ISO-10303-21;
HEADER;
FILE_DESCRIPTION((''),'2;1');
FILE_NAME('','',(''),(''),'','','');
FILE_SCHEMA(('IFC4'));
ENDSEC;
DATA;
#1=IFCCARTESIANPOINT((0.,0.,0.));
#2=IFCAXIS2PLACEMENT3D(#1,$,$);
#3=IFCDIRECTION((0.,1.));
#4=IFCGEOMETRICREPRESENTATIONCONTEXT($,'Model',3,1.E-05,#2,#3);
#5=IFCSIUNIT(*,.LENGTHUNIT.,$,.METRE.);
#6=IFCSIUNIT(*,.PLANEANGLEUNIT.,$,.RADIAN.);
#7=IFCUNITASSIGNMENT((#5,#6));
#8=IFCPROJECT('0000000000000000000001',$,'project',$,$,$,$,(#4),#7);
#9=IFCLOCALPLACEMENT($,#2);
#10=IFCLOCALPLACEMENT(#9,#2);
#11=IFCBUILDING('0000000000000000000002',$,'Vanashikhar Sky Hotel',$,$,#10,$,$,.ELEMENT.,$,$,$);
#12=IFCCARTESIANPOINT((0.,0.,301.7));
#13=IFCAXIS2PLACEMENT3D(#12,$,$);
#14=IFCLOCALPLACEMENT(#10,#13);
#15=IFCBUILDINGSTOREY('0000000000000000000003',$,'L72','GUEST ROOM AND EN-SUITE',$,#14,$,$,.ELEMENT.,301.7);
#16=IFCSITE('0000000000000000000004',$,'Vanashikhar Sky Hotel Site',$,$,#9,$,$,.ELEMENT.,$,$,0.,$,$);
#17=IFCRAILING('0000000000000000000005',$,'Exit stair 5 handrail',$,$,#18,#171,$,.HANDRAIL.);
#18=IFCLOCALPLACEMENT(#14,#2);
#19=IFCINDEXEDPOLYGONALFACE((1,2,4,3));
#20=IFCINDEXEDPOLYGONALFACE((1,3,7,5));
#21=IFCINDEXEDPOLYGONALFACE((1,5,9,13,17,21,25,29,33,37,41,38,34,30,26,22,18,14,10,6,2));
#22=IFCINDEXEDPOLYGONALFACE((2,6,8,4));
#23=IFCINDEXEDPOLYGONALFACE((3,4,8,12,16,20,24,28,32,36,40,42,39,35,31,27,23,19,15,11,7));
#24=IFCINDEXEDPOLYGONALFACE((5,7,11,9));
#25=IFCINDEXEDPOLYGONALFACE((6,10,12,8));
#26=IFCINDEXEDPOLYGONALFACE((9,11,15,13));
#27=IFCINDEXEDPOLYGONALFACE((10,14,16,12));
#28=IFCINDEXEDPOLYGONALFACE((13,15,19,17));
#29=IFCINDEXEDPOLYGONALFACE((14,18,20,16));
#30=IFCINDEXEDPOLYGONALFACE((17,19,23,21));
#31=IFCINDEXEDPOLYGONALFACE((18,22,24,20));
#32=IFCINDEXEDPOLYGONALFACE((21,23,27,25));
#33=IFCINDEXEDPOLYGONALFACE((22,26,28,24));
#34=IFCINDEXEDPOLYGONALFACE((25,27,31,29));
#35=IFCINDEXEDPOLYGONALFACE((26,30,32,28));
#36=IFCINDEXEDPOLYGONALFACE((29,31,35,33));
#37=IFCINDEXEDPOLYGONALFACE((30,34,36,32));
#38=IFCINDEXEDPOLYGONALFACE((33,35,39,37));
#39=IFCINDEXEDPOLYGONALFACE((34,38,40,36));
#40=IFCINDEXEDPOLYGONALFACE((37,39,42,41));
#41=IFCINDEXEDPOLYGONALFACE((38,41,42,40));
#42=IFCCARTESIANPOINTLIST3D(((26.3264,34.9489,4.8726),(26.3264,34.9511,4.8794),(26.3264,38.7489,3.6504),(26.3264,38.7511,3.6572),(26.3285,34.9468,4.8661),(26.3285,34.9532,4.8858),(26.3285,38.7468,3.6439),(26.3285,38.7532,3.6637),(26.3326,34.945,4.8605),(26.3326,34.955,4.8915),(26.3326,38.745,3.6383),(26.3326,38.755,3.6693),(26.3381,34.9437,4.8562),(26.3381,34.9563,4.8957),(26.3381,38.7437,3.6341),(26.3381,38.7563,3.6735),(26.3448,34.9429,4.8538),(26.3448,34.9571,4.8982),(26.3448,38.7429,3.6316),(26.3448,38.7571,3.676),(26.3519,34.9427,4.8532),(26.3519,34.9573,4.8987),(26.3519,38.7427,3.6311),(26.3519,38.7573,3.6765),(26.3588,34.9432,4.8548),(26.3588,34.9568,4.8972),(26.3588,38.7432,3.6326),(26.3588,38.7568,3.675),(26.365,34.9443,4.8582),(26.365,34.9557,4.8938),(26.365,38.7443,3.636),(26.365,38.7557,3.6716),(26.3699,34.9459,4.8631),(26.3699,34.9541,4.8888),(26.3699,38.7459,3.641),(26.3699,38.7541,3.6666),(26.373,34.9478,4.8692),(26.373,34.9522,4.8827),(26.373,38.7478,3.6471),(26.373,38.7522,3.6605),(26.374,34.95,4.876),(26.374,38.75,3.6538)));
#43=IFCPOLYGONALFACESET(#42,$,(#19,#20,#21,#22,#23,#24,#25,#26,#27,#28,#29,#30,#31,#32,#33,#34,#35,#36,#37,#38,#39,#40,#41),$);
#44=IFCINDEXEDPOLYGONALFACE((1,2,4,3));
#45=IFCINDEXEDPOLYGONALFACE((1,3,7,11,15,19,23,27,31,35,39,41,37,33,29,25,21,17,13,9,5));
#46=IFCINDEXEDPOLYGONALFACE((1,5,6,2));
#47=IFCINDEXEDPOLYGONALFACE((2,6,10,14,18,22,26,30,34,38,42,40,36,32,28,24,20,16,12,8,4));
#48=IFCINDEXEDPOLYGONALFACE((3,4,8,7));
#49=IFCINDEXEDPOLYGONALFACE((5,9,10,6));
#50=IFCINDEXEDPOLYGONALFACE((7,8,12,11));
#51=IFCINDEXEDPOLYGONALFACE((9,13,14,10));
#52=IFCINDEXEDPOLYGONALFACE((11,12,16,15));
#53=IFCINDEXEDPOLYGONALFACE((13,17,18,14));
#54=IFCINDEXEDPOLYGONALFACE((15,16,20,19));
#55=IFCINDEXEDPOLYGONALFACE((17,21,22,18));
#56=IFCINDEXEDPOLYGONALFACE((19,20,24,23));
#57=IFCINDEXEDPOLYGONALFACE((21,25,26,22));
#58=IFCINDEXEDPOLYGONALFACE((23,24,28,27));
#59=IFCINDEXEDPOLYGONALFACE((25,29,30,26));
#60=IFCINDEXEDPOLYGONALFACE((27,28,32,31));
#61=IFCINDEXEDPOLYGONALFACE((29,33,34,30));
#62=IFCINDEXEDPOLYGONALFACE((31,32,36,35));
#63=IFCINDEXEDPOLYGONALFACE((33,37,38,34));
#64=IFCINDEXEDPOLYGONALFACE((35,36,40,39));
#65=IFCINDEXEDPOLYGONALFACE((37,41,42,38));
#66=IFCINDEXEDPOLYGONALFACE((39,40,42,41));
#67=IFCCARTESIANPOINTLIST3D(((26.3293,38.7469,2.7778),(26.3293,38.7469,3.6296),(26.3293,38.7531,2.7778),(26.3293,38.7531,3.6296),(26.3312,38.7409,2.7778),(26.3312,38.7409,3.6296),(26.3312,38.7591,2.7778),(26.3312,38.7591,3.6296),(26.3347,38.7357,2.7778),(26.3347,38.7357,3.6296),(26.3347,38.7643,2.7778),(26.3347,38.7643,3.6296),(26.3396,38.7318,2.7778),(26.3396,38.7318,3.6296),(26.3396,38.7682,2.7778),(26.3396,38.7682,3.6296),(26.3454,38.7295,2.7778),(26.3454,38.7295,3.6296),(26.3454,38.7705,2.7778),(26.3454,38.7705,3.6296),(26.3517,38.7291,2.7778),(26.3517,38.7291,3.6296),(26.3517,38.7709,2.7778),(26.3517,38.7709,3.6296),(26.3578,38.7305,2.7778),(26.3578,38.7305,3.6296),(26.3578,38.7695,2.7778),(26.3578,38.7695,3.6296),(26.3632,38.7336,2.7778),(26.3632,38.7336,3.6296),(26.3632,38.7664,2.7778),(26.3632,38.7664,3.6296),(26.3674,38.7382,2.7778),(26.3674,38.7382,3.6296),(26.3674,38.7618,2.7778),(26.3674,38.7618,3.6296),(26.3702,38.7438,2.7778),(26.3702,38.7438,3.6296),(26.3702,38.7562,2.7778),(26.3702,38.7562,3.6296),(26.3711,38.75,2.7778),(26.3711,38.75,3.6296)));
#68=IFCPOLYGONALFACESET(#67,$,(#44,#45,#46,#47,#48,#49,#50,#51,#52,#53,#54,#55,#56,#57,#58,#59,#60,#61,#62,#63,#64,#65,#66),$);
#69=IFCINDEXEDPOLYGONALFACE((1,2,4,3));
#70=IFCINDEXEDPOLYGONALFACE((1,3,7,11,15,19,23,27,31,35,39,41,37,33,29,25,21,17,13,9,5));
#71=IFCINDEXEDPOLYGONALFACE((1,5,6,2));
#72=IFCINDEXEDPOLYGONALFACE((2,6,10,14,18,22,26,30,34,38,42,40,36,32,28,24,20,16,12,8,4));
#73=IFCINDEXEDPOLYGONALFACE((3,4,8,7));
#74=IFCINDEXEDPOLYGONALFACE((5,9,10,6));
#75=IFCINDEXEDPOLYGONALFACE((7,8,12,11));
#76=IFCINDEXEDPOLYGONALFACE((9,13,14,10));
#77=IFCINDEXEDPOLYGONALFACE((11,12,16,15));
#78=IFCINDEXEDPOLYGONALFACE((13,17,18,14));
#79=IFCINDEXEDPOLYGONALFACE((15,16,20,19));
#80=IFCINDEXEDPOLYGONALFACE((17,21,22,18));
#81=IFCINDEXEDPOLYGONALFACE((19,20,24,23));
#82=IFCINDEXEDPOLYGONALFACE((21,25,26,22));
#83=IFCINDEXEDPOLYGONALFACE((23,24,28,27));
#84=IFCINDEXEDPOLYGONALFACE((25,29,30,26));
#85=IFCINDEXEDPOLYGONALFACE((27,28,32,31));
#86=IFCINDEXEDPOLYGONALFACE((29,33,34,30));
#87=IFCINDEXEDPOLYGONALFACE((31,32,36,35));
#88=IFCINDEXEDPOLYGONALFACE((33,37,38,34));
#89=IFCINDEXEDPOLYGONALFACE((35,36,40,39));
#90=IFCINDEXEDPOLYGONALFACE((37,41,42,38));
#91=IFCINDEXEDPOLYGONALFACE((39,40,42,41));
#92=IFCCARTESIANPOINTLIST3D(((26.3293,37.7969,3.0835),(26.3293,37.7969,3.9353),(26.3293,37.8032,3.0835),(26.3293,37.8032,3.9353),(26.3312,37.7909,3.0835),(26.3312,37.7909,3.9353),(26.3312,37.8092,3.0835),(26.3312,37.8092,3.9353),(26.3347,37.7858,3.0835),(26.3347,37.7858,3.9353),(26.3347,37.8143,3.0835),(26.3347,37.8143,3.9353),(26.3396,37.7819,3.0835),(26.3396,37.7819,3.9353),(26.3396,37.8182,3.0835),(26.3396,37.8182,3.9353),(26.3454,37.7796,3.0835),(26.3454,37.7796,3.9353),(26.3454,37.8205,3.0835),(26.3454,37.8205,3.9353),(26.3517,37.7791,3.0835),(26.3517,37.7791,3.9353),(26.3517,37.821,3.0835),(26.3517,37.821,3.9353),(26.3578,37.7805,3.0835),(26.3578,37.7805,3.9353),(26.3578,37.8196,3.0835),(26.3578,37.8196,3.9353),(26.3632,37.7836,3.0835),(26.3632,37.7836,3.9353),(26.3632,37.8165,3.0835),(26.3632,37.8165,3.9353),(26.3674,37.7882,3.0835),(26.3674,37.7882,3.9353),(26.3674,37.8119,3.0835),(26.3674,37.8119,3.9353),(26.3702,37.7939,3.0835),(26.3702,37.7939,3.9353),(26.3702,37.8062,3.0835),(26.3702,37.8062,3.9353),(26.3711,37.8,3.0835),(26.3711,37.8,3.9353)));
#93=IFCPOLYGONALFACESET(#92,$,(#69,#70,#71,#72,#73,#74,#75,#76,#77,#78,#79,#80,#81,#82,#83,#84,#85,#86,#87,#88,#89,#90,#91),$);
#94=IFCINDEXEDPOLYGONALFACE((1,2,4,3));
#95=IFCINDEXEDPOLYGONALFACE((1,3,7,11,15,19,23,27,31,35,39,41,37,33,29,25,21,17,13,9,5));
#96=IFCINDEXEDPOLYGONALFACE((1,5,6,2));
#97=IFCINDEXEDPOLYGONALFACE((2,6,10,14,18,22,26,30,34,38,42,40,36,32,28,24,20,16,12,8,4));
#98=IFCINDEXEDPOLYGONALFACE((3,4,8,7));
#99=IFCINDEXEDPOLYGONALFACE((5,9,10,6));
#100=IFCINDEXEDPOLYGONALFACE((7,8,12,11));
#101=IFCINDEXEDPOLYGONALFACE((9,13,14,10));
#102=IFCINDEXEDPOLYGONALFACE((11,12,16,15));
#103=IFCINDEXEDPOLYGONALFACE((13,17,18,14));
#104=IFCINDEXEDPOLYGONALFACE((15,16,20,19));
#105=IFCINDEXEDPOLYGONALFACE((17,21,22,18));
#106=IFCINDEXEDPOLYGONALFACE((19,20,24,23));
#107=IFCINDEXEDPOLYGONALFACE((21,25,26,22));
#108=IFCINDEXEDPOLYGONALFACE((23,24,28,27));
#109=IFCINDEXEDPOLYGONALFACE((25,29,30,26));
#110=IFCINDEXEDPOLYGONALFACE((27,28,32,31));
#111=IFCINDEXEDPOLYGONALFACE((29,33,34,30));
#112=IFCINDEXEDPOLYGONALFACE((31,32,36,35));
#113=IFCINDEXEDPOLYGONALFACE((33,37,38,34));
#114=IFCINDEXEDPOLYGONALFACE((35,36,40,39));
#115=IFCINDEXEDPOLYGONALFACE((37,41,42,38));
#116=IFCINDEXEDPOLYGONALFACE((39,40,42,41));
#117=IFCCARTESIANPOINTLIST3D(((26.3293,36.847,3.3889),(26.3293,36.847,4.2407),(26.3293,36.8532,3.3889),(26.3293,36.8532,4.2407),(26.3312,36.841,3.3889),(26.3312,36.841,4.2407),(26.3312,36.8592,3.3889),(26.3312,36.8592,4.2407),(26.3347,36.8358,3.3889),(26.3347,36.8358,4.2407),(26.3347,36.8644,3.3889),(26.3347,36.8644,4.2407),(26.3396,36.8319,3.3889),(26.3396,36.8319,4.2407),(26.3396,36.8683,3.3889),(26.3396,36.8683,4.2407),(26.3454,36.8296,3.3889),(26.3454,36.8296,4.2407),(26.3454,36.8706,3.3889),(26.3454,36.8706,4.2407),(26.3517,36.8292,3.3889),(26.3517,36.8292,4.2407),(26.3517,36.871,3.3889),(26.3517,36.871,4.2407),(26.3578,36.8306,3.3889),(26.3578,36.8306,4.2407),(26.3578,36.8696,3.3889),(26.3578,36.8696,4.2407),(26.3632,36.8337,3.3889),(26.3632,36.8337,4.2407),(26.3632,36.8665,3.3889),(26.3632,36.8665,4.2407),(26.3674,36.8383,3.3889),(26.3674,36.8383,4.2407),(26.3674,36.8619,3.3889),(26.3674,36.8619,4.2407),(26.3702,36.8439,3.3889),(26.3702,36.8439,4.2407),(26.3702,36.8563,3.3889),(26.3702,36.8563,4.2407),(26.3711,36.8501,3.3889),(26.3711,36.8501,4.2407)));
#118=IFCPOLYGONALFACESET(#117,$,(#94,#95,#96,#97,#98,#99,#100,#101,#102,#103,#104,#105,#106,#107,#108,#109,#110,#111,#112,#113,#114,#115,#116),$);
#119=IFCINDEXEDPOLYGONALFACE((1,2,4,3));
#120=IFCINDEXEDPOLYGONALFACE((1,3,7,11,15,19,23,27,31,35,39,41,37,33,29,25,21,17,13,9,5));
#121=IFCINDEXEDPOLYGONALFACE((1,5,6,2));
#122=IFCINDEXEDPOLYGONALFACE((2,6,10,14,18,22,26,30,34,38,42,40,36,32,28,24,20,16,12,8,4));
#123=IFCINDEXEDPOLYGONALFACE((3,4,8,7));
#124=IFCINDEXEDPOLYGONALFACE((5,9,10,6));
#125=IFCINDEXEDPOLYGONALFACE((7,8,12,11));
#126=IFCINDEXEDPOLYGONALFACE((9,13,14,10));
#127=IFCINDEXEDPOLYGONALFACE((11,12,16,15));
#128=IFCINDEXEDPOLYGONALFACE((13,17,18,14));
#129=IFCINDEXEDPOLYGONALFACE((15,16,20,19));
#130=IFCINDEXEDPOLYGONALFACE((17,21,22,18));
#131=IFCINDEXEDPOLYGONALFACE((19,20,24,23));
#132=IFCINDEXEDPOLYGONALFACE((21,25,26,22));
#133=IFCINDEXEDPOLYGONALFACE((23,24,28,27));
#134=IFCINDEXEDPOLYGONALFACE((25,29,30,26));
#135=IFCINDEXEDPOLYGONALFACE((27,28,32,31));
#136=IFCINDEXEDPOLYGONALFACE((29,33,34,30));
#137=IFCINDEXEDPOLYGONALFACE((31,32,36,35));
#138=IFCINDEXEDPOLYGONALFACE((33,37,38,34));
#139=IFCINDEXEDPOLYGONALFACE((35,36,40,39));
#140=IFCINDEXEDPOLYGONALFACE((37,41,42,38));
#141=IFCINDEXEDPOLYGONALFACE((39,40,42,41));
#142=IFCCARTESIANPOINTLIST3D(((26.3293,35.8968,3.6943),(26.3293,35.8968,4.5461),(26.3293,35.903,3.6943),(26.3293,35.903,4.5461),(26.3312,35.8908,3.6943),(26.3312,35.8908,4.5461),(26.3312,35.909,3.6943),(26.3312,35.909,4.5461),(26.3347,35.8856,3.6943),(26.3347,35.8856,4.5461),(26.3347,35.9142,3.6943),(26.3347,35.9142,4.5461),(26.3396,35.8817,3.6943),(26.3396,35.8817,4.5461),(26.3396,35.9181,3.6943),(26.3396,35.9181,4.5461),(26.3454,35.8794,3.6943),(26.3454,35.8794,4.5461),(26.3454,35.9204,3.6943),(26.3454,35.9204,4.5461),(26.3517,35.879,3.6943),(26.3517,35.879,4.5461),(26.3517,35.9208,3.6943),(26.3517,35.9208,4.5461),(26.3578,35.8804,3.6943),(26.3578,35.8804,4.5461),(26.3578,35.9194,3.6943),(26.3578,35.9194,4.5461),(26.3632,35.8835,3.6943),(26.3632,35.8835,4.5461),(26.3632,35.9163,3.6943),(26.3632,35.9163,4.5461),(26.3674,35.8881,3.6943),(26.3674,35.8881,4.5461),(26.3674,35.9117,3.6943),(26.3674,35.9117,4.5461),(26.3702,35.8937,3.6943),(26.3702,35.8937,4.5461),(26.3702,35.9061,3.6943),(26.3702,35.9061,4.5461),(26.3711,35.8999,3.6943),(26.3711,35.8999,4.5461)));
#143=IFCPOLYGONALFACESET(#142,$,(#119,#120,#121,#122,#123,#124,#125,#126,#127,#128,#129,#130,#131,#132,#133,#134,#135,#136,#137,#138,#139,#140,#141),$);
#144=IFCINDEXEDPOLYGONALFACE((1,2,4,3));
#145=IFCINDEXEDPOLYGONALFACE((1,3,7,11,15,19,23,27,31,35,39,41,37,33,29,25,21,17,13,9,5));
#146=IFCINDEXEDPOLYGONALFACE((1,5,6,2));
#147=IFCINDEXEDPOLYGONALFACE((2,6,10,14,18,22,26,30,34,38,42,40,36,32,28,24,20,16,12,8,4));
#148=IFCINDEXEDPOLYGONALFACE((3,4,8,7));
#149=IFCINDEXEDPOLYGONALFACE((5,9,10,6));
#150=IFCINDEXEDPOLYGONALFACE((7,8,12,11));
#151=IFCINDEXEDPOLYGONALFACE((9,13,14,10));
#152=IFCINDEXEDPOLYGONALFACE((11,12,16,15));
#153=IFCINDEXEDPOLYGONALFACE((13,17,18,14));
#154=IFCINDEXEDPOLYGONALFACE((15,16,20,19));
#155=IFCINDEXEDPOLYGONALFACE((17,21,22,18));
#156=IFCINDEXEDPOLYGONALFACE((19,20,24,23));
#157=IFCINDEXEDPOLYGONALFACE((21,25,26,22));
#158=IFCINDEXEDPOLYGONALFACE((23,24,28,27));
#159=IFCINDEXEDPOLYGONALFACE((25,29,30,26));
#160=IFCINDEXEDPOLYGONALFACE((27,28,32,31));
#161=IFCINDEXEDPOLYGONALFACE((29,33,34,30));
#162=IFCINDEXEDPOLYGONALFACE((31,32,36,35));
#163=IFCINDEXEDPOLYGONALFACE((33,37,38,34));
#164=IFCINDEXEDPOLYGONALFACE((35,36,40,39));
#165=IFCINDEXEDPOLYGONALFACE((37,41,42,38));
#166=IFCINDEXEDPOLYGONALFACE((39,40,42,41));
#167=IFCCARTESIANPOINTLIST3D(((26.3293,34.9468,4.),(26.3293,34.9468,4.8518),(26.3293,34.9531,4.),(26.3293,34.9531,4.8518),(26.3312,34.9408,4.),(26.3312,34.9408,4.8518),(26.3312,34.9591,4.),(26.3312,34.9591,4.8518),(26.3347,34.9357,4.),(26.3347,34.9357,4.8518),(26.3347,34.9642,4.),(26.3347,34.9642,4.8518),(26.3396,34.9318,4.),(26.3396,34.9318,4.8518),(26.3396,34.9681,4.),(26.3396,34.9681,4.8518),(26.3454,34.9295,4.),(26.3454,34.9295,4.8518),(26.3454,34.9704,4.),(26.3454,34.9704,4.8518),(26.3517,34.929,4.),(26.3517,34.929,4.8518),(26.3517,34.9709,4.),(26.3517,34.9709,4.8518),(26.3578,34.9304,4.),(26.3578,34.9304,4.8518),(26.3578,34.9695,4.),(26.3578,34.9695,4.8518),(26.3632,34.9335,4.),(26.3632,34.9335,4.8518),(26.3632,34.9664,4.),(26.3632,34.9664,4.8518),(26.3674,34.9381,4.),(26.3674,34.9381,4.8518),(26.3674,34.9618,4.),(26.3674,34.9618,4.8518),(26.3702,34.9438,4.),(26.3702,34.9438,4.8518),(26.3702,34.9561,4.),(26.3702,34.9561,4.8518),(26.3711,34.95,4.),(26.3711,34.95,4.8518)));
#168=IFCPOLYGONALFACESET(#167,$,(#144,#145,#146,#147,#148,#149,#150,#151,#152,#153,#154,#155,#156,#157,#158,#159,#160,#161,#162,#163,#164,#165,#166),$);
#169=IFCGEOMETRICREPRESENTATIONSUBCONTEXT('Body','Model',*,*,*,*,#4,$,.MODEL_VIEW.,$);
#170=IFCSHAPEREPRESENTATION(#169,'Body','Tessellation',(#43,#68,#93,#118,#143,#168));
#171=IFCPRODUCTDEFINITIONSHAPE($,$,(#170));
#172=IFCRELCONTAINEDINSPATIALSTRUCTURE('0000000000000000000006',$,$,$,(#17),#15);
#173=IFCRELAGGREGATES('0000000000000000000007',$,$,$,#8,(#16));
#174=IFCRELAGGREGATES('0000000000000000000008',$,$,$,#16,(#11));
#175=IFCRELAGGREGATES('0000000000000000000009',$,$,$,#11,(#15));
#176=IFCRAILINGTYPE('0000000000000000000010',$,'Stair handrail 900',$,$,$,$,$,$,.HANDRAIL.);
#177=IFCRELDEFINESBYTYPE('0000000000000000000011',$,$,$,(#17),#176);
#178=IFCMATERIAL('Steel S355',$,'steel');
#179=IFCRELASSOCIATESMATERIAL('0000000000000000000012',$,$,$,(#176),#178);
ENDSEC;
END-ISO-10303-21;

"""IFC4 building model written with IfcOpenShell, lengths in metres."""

from ifc_helpers import new_model, si_unit, direction, frame, origin, origin_2d, place, context, subcontext, project, spatial, circle, extrude, source, transform, mapped, material, type_object, element, save


model = new_model("IFC4")

# Units and contexts
model_context = context("Model", 3, precision=1e-05, world=origin(), true_north=direction((0.0, 1.0)))
body_context = subcontext(model_context, "Body", "Model", "MODEL_VIEW")
ifc_project = project(units=[si_unit("LENGTHUNIT", "METRE"), si_unit("PLANEANGLEUNIT", "RADIAN")], contexts=[model_context])

# Site, building, storey
site_placement = place(None, origin())
site = spatial("IfcSite", under=ifc_project, at=site_placement, Name="Vanashikhar Sky Hotel Site", CompositionType="ELEMENT", RefElevation=0.0)
building_placement = place(site_placement, origin())
building = spatial("IfcBuilding", under=site, at=building_placement, Name="Vanashikhar Sky Hotel", CompositionType="ELEMENT")
storey_placement = place(building_placement, frame((0.0, 0.0, 301.7)))
storey = spatial("IfcBuildingStorey", under=building, at=storey_placement, Name="L72", Description="GUEST ROOM AND EN-SUITE", CompositionType="ELEMENT", Elevation=301.7)

# Railing
ifc_material_1 = material(Name="Steel S355", Category="steel")
railing_type_1 = type_object("IfcRailingType", Name="Stair handrail 900", PredefinedType="HANDRAIL", material=ifc_material_1)
shared_shape_1 = source(origin(), body_context, "Body", "SweptSolid", [
    extrude(circle(Radius=0.0239, at=origin_2d()), frame((0.0, 0.0, 0.876), z_axis=(0.0, -0.951976, 0.306173), x_axis=(1.0, 0.0, 0.0)), (0.0, 0.0, 1.0), 3.9917),
    extrude(circle(Radius=0.021, at=origin_2d()), origin(), (0.0, 0.0, 1.0), 0.8518),
    extrude(circle(Radius=0.021, at=origin_2d()), frame((0.0, -0.95, 0.3057)), (0.0, 0.0, 1.0), 0.8518),
    extrude(circle(Radius=0.021, at=origin_2d()), frame((0.0, -1.8999, 0.6111)), (0.0, 0.0, 1.0), 0.8518),
    extrude(circle(Radius=0.021, at=origin_2d()), frame((0.0, -2.8501, 0.9165)), (0.0, 0.0, 1.0), 0.8518),
    extrude(circle(Radius=0.021, at=origin_2d()), frame((0.0, -3.8, 1.2222)), (0.0, 0.0, 1.0), 0.8518),
])
for number, where, name in (
    (1, (26.3501, 38.75, 2.7778), "Exit stair 5 handrail"),
):
    element("IfcRailing", number, at=place(storey_placement, frame(where)), inside=storey, type_object=railing_type_1, Name=name, PredefinedType="HANDRAIL", context=body_context, shape_type="MappedRepresentation", body=[
        mapped(shared_shape_1, transform((0.0, 0.0, 0.0), scale=1.0)),
    ])

save(model, "model.ifc")
